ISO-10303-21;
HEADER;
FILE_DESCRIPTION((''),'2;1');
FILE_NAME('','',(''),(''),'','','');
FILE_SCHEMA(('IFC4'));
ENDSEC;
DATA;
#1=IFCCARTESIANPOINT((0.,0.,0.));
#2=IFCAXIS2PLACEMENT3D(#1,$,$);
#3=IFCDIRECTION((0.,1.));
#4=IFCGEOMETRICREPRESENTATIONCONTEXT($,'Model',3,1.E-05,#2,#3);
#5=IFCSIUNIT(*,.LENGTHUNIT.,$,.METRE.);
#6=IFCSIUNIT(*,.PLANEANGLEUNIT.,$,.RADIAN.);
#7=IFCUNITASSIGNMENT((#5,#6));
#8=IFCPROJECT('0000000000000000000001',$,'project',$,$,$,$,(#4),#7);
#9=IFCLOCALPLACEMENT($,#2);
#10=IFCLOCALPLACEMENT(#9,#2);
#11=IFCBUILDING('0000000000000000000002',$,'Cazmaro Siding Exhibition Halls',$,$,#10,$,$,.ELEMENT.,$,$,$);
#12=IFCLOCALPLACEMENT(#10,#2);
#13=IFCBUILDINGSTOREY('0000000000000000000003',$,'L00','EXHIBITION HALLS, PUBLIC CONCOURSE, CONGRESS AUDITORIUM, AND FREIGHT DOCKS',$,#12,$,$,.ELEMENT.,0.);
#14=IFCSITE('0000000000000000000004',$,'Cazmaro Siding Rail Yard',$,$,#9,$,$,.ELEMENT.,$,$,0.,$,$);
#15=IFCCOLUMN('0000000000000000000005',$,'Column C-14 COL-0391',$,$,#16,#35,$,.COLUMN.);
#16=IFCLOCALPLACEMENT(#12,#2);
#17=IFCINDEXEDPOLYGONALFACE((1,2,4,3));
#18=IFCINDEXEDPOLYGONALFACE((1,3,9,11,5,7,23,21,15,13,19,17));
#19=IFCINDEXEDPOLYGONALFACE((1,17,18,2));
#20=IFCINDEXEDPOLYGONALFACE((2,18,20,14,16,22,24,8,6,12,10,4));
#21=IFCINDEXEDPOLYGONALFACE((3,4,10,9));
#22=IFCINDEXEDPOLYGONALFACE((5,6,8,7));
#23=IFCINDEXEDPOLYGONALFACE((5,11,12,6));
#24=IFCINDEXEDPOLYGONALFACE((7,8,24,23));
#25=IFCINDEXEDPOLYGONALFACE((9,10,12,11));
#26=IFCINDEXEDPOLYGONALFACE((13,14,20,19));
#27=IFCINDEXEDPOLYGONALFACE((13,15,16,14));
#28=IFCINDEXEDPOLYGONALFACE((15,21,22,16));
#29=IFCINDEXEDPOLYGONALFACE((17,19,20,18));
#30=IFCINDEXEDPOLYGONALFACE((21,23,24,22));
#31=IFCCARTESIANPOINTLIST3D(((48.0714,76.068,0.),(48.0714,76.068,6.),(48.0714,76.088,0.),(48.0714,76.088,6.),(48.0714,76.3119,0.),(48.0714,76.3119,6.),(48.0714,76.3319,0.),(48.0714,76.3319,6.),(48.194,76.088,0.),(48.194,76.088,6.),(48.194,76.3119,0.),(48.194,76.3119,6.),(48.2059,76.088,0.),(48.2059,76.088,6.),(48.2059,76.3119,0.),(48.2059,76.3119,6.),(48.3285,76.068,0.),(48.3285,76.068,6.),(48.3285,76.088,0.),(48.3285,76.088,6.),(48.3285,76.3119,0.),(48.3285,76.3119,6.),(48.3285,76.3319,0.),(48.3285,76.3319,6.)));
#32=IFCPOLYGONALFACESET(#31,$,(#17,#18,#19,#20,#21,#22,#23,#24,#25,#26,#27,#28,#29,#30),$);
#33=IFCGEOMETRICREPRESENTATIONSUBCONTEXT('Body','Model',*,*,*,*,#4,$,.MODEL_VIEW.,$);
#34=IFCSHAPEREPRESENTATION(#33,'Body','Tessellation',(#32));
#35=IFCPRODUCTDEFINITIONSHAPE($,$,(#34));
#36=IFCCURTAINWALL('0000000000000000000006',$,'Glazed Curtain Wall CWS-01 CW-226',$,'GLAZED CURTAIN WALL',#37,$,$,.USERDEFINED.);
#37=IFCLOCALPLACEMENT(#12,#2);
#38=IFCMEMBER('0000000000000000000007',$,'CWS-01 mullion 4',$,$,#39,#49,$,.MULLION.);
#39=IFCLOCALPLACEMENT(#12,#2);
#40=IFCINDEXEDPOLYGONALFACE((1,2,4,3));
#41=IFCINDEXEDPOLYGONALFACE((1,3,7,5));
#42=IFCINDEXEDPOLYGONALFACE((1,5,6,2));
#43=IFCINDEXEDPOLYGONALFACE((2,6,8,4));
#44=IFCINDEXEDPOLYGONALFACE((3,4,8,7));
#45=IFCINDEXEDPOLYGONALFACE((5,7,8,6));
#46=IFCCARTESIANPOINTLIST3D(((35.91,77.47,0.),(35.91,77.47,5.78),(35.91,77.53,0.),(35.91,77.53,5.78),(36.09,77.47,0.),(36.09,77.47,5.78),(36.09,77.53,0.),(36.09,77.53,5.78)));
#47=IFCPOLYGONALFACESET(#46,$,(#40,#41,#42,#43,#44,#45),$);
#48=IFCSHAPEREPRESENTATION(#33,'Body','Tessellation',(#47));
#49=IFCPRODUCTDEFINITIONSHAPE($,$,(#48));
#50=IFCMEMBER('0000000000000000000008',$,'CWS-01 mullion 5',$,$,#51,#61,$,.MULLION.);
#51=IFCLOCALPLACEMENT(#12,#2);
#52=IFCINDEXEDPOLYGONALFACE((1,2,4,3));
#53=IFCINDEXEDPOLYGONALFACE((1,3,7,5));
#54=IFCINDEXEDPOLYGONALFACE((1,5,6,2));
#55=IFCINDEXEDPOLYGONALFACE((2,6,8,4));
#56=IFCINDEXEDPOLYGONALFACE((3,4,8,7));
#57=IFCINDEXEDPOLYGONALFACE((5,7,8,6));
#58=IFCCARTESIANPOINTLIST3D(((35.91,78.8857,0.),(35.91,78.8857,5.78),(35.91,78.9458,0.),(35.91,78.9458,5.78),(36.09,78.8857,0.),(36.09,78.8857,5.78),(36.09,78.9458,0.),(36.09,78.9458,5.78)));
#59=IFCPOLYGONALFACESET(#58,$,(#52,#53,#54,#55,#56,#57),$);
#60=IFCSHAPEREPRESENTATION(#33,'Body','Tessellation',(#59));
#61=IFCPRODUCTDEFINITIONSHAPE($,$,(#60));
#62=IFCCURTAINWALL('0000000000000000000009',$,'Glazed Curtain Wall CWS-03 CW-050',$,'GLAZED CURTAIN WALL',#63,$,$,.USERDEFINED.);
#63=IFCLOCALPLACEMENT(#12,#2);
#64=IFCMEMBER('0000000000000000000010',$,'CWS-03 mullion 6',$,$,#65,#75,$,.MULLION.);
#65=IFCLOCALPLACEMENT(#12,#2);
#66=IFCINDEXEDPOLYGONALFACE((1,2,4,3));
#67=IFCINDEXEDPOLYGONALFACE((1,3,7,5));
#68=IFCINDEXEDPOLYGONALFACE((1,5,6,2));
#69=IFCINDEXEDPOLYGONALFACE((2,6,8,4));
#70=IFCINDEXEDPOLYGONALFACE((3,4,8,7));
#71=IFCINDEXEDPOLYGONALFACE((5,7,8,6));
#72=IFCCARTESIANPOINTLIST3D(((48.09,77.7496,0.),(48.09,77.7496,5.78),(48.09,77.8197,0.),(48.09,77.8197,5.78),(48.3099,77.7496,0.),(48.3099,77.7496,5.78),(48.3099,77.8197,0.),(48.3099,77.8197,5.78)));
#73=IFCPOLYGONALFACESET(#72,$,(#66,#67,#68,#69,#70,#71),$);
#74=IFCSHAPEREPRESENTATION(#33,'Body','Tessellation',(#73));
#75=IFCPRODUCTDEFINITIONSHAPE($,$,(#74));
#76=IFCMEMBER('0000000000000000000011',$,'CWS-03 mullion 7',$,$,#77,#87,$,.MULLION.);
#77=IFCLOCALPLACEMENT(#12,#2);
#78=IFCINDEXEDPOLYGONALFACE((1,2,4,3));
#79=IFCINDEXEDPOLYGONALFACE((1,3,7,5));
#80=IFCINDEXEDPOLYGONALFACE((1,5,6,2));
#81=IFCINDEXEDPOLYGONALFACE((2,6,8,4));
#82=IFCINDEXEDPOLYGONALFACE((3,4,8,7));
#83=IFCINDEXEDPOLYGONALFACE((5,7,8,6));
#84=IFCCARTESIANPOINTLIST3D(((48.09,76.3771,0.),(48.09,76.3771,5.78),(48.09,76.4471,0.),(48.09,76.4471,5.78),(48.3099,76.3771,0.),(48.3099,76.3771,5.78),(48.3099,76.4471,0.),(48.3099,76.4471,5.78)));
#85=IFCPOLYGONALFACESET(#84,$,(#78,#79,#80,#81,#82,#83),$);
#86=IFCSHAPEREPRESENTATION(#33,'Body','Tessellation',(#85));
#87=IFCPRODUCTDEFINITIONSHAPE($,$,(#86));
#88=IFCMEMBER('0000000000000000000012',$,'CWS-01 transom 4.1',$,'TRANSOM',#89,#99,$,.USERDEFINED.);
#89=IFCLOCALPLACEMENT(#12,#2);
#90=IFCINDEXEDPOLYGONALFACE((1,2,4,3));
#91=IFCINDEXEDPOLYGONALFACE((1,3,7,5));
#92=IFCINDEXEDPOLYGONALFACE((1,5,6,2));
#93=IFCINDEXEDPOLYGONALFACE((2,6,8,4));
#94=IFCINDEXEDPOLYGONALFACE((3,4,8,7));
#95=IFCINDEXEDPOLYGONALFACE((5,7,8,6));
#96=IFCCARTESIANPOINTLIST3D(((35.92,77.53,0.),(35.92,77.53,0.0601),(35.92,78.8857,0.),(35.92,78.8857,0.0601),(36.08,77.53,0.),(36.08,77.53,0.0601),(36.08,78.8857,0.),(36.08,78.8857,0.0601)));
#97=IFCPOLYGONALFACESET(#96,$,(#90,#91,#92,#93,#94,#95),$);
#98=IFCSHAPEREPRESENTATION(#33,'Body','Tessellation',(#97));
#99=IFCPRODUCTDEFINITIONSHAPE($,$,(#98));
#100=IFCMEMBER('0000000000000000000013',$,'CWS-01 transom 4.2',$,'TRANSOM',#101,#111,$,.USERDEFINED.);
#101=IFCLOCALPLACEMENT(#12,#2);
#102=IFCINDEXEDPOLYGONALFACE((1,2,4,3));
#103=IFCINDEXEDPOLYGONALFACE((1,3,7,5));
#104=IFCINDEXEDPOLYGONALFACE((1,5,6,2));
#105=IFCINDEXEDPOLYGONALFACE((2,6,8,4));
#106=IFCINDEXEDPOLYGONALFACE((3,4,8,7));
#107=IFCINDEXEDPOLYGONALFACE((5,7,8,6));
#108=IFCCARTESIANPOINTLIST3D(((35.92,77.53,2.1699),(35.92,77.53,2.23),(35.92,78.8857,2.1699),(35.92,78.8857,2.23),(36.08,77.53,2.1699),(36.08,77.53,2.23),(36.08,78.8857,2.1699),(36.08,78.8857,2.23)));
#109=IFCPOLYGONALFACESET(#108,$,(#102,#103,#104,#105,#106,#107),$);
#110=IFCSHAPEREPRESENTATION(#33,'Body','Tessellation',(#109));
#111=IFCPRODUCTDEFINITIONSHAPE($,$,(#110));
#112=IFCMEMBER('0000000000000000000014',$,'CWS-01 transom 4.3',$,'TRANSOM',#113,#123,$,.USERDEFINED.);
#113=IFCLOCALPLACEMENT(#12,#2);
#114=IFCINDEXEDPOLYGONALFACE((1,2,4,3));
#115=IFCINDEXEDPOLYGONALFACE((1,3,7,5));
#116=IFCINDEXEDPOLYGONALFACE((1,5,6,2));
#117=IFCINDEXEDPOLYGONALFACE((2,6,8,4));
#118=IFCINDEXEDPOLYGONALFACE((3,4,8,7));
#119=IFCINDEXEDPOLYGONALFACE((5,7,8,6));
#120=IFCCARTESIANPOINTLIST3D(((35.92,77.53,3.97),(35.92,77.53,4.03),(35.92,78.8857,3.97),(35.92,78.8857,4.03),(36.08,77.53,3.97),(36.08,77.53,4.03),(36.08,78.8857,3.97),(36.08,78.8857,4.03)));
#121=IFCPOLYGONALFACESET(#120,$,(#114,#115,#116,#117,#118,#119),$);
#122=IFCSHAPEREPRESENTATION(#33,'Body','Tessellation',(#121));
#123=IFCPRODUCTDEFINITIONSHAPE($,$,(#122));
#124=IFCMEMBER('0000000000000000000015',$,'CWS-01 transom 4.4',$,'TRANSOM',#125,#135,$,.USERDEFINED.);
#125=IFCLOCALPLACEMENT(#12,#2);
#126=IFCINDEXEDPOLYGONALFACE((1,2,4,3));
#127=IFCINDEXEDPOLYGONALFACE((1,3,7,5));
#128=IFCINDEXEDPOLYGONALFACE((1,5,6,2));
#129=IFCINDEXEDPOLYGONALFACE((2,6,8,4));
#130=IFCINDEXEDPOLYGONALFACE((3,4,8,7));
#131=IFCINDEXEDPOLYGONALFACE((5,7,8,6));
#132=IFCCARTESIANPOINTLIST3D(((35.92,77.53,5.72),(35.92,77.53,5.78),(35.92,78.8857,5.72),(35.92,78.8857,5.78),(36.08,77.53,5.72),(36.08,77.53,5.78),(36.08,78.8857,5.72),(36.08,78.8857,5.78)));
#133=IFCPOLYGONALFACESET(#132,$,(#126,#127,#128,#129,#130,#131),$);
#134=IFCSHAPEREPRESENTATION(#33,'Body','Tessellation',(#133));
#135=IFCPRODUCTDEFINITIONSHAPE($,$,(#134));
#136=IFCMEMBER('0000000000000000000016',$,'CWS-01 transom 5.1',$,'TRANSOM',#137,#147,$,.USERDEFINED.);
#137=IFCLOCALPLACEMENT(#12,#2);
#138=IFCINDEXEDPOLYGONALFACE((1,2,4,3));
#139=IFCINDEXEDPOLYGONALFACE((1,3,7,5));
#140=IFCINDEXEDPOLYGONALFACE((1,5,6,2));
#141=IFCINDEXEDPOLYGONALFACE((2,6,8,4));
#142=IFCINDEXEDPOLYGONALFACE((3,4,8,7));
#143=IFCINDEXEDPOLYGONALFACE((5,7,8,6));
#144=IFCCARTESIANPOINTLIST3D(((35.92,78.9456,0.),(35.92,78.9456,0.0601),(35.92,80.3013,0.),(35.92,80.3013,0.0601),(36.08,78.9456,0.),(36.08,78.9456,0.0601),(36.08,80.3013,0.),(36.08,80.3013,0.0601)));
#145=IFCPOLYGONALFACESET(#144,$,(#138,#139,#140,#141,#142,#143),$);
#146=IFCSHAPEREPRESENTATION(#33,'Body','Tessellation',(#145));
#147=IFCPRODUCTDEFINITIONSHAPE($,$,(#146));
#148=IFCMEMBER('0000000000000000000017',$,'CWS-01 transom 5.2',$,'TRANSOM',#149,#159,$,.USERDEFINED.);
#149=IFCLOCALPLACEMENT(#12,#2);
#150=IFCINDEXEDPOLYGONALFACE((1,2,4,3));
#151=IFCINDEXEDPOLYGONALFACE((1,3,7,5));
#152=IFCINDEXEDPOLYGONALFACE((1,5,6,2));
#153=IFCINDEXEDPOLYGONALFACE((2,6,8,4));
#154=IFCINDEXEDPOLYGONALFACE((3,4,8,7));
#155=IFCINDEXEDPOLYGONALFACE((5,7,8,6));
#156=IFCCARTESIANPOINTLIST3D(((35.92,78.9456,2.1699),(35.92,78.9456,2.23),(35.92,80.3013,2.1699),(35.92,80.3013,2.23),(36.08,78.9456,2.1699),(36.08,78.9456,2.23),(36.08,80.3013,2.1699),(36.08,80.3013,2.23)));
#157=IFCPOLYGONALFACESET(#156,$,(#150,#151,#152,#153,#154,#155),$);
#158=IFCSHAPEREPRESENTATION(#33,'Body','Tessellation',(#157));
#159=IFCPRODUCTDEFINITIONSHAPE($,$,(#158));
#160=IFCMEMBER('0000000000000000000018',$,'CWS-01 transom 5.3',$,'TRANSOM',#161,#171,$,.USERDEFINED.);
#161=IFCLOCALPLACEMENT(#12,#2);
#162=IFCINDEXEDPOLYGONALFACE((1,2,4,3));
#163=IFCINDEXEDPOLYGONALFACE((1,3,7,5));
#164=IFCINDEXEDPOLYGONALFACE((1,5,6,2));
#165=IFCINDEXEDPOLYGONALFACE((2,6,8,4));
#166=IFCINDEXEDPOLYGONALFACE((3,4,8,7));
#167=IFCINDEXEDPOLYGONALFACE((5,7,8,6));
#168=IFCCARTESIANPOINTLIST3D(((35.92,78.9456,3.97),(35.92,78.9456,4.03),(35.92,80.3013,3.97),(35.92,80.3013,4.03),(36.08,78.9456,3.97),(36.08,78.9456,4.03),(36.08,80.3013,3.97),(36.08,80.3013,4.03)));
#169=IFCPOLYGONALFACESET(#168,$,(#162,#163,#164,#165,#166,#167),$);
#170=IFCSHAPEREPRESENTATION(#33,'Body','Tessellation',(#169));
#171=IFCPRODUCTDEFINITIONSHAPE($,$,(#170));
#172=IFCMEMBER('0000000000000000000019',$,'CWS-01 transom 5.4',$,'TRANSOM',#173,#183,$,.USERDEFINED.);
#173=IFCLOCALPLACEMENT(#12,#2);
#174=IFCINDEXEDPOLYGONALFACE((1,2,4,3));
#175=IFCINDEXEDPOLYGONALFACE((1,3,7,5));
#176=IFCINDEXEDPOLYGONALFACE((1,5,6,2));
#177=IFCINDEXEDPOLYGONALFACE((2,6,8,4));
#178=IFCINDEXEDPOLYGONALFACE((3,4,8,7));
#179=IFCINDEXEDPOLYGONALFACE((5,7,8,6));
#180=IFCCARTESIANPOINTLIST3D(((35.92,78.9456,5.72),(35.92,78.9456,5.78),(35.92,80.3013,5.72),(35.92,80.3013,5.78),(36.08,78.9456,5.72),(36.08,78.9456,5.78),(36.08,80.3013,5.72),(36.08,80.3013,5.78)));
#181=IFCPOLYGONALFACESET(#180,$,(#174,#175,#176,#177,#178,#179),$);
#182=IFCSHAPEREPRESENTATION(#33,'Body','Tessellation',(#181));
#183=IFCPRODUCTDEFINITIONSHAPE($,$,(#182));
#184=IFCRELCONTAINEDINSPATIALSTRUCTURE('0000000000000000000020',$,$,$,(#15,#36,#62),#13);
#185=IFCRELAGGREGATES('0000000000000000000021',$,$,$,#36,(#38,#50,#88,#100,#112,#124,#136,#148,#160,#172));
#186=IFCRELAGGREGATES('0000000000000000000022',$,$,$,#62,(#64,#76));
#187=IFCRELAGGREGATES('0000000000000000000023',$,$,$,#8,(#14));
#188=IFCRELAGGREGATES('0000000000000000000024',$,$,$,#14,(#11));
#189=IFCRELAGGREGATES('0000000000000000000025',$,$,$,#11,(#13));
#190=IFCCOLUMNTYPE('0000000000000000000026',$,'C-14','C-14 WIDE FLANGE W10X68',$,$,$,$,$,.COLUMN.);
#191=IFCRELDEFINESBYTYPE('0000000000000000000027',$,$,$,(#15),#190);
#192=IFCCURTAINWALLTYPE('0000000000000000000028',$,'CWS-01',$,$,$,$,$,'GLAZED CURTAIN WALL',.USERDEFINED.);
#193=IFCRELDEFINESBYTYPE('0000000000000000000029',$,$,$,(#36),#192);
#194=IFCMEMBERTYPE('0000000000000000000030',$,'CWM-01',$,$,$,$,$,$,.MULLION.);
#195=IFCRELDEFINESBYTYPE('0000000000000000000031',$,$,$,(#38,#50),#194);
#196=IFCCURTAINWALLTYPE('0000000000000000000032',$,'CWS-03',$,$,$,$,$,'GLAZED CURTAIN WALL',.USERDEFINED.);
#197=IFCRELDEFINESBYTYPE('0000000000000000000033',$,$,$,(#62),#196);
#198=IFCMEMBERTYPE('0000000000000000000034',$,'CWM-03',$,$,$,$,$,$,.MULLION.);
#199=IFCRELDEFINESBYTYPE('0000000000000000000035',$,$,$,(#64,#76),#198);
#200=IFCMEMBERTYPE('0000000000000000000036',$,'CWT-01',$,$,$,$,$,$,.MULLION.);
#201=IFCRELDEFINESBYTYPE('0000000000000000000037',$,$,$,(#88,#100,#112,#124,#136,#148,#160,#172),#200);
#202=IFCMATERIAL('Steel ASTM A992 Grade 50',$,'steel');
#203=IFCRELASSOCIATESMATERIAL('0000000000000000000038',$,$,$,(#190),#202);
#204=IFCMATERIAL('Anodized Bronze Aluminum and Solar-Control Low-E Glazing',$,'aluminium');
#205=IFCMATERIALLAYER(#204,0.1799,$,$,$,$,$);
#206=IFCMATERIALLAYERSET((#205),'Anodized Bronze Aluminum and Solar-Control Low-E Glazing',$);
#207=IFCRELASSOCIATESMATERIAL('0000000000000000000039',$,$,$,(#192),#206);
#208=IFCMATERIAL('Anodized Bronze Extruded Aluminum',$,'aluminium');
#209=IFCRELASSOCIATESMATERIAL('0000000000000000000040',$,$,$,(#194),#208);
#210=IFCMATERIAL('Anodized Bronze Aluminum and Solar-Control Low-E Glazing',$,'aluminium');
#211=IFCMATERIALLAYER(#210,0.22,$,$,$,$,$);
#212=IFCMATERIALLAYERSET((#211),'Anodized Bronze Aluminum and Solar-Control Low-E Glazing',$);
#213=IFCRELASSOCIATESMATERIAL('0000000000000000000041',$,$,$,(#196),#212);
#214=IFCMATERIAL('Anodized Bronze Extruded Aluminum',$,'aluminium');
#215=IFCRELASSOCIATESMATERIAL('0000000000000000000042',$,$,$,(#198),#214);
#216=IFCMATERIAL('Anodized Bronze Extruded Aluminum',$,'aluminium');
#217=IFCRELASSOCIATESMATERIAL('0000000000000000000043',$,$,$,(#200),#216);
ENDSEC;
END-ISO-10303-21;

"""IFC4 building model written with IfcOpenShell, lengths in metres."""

from ifc_helpers import new_model, si_unit, direction, frame, origin, origin_2d, place, context, subcontext, project, spatial, rectangle, i_section, extrude, material, layer, layer_set, material_profile, profile_set, type_object, element, aggregate, save


model = new_model("IFC4")

# Units and contexts
model_context = context("Model", 3, precision=1e-05, world=origin(), true_north=direction((0.0, 1.0)))
body_context = subcontext(model_context, "Body", "Model", "MODEL_VIEW")
ifc_project = project(units=[si_unit("LENGTHUNIT", "METRE"), si_unit("PLANEANGLEUNIT", "RADIAN")], contexts=[model_context])

# Site, building, storey
site_placement = place(None, origin())
site = spatial("IfcSite", under=ifc_project, at=site_placement, Name="Cazmaro Siding Rail Yard", CompositionType="ELEMENT", RefElevation=0.0)
building_placement = place(site_placement, origin())
building = spatial("IfcBuilding", under=site, at=building_placement, Name="Cazmaro Siding Exhibition Halls", CompositionType="ELEMENT")
storey_placement = place(building_placement, origin())
storey = spatial("IfcBuildingStorey", under=building, at=storey_placement, Name="L00", Description="EXHIBITION HALLS, PUBLIC CONCOURSE, CONGRESS AUDITORIUM, AND FREIGHT DOCKS", CompositionType="ELEMENT", Elevation=0.0)

# Column
ifc_material_1 = material(Name="Steel ASTM A992 Grade 50", Category="steel")
ifc_material_profile_1 = material_profile(ifc_material_1, i_section(OverallWidth=0.2571, OverallDepth=0.2639, WebThickness=0.012, FlangeThickness=0.02, at=origin_2d()), Name="W10X68")
ifc_profile_set_1 = profile_set([ifc_material_profile_1], Name="Steel ASTM A992 Grade 50")
column_type = type_object("IfcColumnType", Name="C-14", Description="C-14 WIDE FLANGE W10X68", PredefinedType="COLUMN", material=ifc_profile_set_1)
column_placement = place(storey_placement, frame((48.2, 76.2, 0.0), z_axis=(0.0, 0.0, 1.0), x_axis=(1.0, 0.0, 0.0)))
element("IfcColumn", 1, at=column_placement, inside=storey, type_object=column_type, Name="Column C-14 COL-0391", PredefinedType="COLUMN", context=body_context, shape_type="SweptSolid", body=[
    extrude(i_section(OverallWidth=0.2571, OverallDepth=0.2639, WebThickness=0.012, FlangeThickness=0.02, at=origin_2d()), origin(), (0.0, 0.0, 1.0), 6.0),
])

# Curtain walls, members
ifc_material_2 = material(Name="Anodized Bronze Aluminum and Solar-Control Low-E Glazing", Category="aluminium")
ifc_layer_1 = layer(ifc_material_2, 0.1799)
ifc_layer_set_1 = layer_set([ifc_layer_1], Name="Anodized Bronze Aluminum and Solar-Control Low-E Glazing")
curtain_wall_type_1 = type_object("IfcCurtainWallType", Name="CWS-01", ElementType="GLAZED CURTAIN WALL", PredefinedType="USERDEFINED", material=ifc_layer_set_1)
curtain_wall_1_placement = place(storey_placement, origin())
curtain_wall_1 = element("IfcCurtainWall", 2, at=curtain_wall_1_placement, inside=storey, type_object=curtain_wall_type_1, Name="Glazed Curtain Wall CWS-01 CW-226", ObjectType="GLAZED CURTAIN WALL", PredefinedType="USERDEFINED")
ifc_material_3 = material(Name="Anodized Bronze Extruded Aluminum", Category="aluminium")
ifc_material_profile_2 = material_profile(ifc_material_3, rectangle(XDim=0.1799, YDim=0.0601, at=origin_2d()), Name="CWM-01")
ifc_profile_set_2 = profile_set([ifc_material_profile_2], Name="Anodized Bronze Extruded Aluminum")
member_type_1 = type_object("IfcMemberType", Name="CWM-01", PredefinedType="MULLION", material=ifc_profile_set_2)
member_1_placement = place(storey_placement, frame((36.0, 77.5, 0.0), z_axis=(0.0, 0.0, 1.0), x_axis=(-1.0, 0.0, 0.0)))
member_1 = element("IfcMember", 3, at=member_1_placement, type_object=member_type_1, Name="CWS-01 mullion 4", PredefinedType="MULLION", context=body_context, shape_type="SweptSolid", body=[
    extrude(rectangle(XDim=0.1799, YDim=0.0601, at=origin_2d()), origin(), (0.0, 0.0, 1.0), 5.78),
])
member_2_placement = place(storey_placement, frame((36.0, 78.9158, 0.0), z_axis=(0.0, 0.0, 1.0), x_axis=(-1.0, 0.0, 0.0)))
member_2 = element("IfcMember", 4, at=member_2_placement, type_object=member_type_1, Name="CWS-01 mullion 5", PredefinedType="MULLION", context=body_context, shape_type="SweptSolid", body=[
    extrude(rectangle(XDim=0.1799, YDim=0.0601, at=origin_2d()), origin(), (0.0, 0.0, 1.0), 5.78),
])
ifc_material_4 = material(Name="Anodized Bronze Aluminum and Solar-Control Low-E Glazing", Category="aluminium")
ifc_layer_2 = layer(ifc_material_4, 0.22)
ifc_layer_set_2 = layer_set([ifc_layer_2], Name="Anodized Bronze Aluminum and Solar-Control Low-E Glazing")
curtain_wall_type_2 = type_object("IfcCurtainWallType", Name="CWS-03", ElementType="GLAZED CURTAIN WALL", PredefinedType="USERDEFINED", material=ifc_layer_set_2)
curtain_wall_2_placement = place(storey_placement, origin())
curtain_wall_2 = element("IfcCurtainWall", 5, at=curtain_wall_2_placement, inside=storey, type_object=curtain_wall_type_2, Name="Glazed Curtain Wall CWS-03 CW-050", ObjectType="GLAZED CURTAIN WALL", PredefinedType="USERDEFINED")
ifc_material_5 = material(Name="Anodized Bronze Extruded Aluminum", Category="aluminium")
ifc_material_profile_3 = material_profile(ifc_material_5, rectangle(XDim=0.22, YDim=0.0701, at=origin_2d()), Name="CWM-03")
ifc_profile_set_3 = profile_set([ifc_material_profile_3], Name="Anodized Bronze Extruded Aluminum")
member_type_2 = type_object("IfcMemberType", Name="CWM-03", PredefinedType="MULLION", material=ifc_profile_set_3)
member_3_placement = place(storey_placement, frame((48.2, 77.7847, 0.0), z_axis=(0.0, 0.0, 1.0), x_axis=(1.0, 0.0, 0.0)))
member_3 = element("IfcMember", 6, at=member_3_placement, type_object=member_type_2, Name="CWS-03 mullion 6", PredefinedType="MULLION", context=body_context, shape_type="SweptSolid", body=[
    extrude(rectangle(XDim=0.22, YDim=0.0701, at=origin_2d()), origin(), (0.0, 0.0, 1.0), 5.78),
])
member_4_placement = place(storey_placement, frame((48.2, 76.4121, 0.0), z_axis=(0.0, 0.0, 1.0), x_axis=(1.0, 0.0, 0.0)))
member_4 = element("IfcMember", 7, at=member_4_placement, type_object=member_type_2, Name="CWS-03 mullion 7", PredefinedType="MULLION", context=body_context, shape_type="SweptSolid", body=[
    extrude(rectangle(XDim=0.22, YDim=0.0701, at=origin_2d()), origin(), (0.0, 0.0, 1.0), 5.78),
])

# Members
ifc_material_6 = material(Name="Anodized Bronze Extruded Aluminum", Category="aluminium")
ifc_material_profile_4 = material_profile(ifc_material_6, rectangle(XDim=0.1599, YDim=0.0601, at=origin_2d()), Name="CWT-01")
ifc_profile_set_4 = profile_set([ifc_material_profile_4], Name="Anodized Bronze Extruded Aluminum")
member_type_3 = type_object("IfcMemberType", Name="CWT-01", PredefinedType="MULLION", material=ifc_profile_set_4)
member_5_placement = place(storey_placement, frame((36.0, 77.53, 0.03), z_axis=(0.0, 1.0, 0.0), x_axis=(-1.0, 0.0, 0.0)))
member_5 = element("IfcMember", 8, at=member_5_placement, type_object=member_type_3, Name="CWS-01 transom 4.1", ObjectType="TRANSOM", PredefinedType="USERDEFINED", context=body_context, shape_type="SweptSolid", body=[
    extrude(rectangle(XDim=0.1599, YDim=0.0601, at=origin_2d()), origin(), (0.0, 0.0, 1.0), 1.3557),
])
member_6_placement = place(storey_placement, frame((36.0, 77.53, 2.2), z_axis=(0.0, 1.0, 0.0), x_axis=(-1.0, 0.0, 0.0)))
member_6 = element("IfcMember", 9, at=member_6_placement, type_object=member_type_3, Name="CWS-01 transom 4.2", ObjectType="TRANSOM", PredefinedType="USERDEFINED", context=body_context, shape_type="SweptSolid", body=[
    extrude(rectangle(XDim=0.1599, YDim=0.0601, at=origin_2d()), origin(), (0.0, 0.0, 1.0), 1.3557),
])
member_7_placement = place(storey_placement, frame((36.0, 77.53, 4.0), z_axis=(0.0, 1.0, 0.0), x_axis=(-1.0, 0.0, 0.0)))
member_7 = element("IfcMember", 10, at=member_7_placement, type_object=member_type_3, Name="CWS-01 transom 4.3", ObjectType="TRANSOM", PredefinedType="USERDEFINED", context=body_context, shape_type="SweptSolid", body=[
    extrude(rectangle(XDim=0.1599, YDim=0.0601, at=origin_2d()), origin(), (0.0, 0.0, 1.0), 1.3557),
])
member_8_placement = place(storey_placement, frame((36.0, 77.53, 5.75), z_axis=(0.0, 1.0, 0.0), x_axis=(-1.0, 0.0, 0.0)))
member_8 = element("IfcMember", 11, at=member_8_placement, type_object=member_type_3, Name="CWS-01 transom 4.4", ObjectType="TRANSOM", PredefinedType="USERDEFINED", context=body_context, shape_type="SweptSolid", body=[
    extrude(rectangle(XDim=0.1599, YDim=0.0601, at=origin_2d()), origin(), (0.0, 0.0, 1.0), 1.3557),
])
member_9_placement = place(storey_placement, frame((36.0, 78.9456, 0.03), z_axis=(0.0, 1.0, 0.0), x_axis=(-1.0, 0.0, 0.0)))
member_9 = element("IfcMember", 12, at=member_9_placement, type_object=member_type_3, Name="CWS-01 transom 5.1", ObjectType="TRANSOM", PredefinedType="USERDEFINED", context=body_context, shape_type="SweptSolid", body=[
    extrude(rectangle(XDim=0.1599, YDim=0.0601, at=origin_2d()), origin(), (0.0, 0.0, 1.0), 1.3557),
])
member_10_placement = place(storey_placement, frame((36.0, 78.9456, 2.2), z_axis=(0.0, 1.0, 0.0), x_axis=(-1.0, 0.0, 0.0)))
member_10 = element("IfcMember", 13, at=member_10_placement, type_object=member_type_3, Name="CWS-01 transom 5.2", ObjectType="TRANSOM", PredefinedType="USERDEFINED", context=body_context, shape_type="SweptSolid", body=[
    extrude(rectangle(XDim=0.1599, YDim=0.0601, at=origin_2d()), origin(), (0.0, 0.0, 1.0), 1.3557),
])
member_11_placement = place(storey_placement, frame((36.0, 78.9456, 4.0), z_axis=(0.0, 1.0, 0.0), x_axis=(-1.0, 0.0, 0.0)))
member_11 = element("IfcMember", 14, at=member_11_placement, type_object=member_type_3, Name="CWS-01 transom 5.3", ObjectType="TRANSOM", PredefinedType="USERDEFINED", context=body_context, shape_type="SweptSolid", body=[
    extrude(rectangle(XDim=0.1599, YDim=0.0601, at=origin_2d()), origin(), (0.0, 0.0, 1.0), 1.3557),
])
member_12_placement = place(storey_placement, frame((36.0, 78.9456, 5.75), z_axis=(0.0, 1.0, 0.0), x_axis=(-1.0, 0.0, 0.0)))
member_12 = element("IfcMember", 15, at=member_12_placement, type_object=member_type_3, Name="CWS-01 transom 5.4", ObjectType="TRANSOM", PredefinedType="USERDEFINED", context=body_context, shape_type="SweptSolid", body=[
    extrude(rectangle(XDim=0.1599, YDim=0.0601, at=origin_2d()), origin(), (0.0, 0.0, 1.0), 1.3557),
])

aggregate(curtain_wall_1, [member_1, member_2, member_5, member_6, member_7, member_8, member_9, member_10, member_11, member_12])
aggregate(curtain_wall_2, [member_3, member_4])

save(model, "model.ifc")
